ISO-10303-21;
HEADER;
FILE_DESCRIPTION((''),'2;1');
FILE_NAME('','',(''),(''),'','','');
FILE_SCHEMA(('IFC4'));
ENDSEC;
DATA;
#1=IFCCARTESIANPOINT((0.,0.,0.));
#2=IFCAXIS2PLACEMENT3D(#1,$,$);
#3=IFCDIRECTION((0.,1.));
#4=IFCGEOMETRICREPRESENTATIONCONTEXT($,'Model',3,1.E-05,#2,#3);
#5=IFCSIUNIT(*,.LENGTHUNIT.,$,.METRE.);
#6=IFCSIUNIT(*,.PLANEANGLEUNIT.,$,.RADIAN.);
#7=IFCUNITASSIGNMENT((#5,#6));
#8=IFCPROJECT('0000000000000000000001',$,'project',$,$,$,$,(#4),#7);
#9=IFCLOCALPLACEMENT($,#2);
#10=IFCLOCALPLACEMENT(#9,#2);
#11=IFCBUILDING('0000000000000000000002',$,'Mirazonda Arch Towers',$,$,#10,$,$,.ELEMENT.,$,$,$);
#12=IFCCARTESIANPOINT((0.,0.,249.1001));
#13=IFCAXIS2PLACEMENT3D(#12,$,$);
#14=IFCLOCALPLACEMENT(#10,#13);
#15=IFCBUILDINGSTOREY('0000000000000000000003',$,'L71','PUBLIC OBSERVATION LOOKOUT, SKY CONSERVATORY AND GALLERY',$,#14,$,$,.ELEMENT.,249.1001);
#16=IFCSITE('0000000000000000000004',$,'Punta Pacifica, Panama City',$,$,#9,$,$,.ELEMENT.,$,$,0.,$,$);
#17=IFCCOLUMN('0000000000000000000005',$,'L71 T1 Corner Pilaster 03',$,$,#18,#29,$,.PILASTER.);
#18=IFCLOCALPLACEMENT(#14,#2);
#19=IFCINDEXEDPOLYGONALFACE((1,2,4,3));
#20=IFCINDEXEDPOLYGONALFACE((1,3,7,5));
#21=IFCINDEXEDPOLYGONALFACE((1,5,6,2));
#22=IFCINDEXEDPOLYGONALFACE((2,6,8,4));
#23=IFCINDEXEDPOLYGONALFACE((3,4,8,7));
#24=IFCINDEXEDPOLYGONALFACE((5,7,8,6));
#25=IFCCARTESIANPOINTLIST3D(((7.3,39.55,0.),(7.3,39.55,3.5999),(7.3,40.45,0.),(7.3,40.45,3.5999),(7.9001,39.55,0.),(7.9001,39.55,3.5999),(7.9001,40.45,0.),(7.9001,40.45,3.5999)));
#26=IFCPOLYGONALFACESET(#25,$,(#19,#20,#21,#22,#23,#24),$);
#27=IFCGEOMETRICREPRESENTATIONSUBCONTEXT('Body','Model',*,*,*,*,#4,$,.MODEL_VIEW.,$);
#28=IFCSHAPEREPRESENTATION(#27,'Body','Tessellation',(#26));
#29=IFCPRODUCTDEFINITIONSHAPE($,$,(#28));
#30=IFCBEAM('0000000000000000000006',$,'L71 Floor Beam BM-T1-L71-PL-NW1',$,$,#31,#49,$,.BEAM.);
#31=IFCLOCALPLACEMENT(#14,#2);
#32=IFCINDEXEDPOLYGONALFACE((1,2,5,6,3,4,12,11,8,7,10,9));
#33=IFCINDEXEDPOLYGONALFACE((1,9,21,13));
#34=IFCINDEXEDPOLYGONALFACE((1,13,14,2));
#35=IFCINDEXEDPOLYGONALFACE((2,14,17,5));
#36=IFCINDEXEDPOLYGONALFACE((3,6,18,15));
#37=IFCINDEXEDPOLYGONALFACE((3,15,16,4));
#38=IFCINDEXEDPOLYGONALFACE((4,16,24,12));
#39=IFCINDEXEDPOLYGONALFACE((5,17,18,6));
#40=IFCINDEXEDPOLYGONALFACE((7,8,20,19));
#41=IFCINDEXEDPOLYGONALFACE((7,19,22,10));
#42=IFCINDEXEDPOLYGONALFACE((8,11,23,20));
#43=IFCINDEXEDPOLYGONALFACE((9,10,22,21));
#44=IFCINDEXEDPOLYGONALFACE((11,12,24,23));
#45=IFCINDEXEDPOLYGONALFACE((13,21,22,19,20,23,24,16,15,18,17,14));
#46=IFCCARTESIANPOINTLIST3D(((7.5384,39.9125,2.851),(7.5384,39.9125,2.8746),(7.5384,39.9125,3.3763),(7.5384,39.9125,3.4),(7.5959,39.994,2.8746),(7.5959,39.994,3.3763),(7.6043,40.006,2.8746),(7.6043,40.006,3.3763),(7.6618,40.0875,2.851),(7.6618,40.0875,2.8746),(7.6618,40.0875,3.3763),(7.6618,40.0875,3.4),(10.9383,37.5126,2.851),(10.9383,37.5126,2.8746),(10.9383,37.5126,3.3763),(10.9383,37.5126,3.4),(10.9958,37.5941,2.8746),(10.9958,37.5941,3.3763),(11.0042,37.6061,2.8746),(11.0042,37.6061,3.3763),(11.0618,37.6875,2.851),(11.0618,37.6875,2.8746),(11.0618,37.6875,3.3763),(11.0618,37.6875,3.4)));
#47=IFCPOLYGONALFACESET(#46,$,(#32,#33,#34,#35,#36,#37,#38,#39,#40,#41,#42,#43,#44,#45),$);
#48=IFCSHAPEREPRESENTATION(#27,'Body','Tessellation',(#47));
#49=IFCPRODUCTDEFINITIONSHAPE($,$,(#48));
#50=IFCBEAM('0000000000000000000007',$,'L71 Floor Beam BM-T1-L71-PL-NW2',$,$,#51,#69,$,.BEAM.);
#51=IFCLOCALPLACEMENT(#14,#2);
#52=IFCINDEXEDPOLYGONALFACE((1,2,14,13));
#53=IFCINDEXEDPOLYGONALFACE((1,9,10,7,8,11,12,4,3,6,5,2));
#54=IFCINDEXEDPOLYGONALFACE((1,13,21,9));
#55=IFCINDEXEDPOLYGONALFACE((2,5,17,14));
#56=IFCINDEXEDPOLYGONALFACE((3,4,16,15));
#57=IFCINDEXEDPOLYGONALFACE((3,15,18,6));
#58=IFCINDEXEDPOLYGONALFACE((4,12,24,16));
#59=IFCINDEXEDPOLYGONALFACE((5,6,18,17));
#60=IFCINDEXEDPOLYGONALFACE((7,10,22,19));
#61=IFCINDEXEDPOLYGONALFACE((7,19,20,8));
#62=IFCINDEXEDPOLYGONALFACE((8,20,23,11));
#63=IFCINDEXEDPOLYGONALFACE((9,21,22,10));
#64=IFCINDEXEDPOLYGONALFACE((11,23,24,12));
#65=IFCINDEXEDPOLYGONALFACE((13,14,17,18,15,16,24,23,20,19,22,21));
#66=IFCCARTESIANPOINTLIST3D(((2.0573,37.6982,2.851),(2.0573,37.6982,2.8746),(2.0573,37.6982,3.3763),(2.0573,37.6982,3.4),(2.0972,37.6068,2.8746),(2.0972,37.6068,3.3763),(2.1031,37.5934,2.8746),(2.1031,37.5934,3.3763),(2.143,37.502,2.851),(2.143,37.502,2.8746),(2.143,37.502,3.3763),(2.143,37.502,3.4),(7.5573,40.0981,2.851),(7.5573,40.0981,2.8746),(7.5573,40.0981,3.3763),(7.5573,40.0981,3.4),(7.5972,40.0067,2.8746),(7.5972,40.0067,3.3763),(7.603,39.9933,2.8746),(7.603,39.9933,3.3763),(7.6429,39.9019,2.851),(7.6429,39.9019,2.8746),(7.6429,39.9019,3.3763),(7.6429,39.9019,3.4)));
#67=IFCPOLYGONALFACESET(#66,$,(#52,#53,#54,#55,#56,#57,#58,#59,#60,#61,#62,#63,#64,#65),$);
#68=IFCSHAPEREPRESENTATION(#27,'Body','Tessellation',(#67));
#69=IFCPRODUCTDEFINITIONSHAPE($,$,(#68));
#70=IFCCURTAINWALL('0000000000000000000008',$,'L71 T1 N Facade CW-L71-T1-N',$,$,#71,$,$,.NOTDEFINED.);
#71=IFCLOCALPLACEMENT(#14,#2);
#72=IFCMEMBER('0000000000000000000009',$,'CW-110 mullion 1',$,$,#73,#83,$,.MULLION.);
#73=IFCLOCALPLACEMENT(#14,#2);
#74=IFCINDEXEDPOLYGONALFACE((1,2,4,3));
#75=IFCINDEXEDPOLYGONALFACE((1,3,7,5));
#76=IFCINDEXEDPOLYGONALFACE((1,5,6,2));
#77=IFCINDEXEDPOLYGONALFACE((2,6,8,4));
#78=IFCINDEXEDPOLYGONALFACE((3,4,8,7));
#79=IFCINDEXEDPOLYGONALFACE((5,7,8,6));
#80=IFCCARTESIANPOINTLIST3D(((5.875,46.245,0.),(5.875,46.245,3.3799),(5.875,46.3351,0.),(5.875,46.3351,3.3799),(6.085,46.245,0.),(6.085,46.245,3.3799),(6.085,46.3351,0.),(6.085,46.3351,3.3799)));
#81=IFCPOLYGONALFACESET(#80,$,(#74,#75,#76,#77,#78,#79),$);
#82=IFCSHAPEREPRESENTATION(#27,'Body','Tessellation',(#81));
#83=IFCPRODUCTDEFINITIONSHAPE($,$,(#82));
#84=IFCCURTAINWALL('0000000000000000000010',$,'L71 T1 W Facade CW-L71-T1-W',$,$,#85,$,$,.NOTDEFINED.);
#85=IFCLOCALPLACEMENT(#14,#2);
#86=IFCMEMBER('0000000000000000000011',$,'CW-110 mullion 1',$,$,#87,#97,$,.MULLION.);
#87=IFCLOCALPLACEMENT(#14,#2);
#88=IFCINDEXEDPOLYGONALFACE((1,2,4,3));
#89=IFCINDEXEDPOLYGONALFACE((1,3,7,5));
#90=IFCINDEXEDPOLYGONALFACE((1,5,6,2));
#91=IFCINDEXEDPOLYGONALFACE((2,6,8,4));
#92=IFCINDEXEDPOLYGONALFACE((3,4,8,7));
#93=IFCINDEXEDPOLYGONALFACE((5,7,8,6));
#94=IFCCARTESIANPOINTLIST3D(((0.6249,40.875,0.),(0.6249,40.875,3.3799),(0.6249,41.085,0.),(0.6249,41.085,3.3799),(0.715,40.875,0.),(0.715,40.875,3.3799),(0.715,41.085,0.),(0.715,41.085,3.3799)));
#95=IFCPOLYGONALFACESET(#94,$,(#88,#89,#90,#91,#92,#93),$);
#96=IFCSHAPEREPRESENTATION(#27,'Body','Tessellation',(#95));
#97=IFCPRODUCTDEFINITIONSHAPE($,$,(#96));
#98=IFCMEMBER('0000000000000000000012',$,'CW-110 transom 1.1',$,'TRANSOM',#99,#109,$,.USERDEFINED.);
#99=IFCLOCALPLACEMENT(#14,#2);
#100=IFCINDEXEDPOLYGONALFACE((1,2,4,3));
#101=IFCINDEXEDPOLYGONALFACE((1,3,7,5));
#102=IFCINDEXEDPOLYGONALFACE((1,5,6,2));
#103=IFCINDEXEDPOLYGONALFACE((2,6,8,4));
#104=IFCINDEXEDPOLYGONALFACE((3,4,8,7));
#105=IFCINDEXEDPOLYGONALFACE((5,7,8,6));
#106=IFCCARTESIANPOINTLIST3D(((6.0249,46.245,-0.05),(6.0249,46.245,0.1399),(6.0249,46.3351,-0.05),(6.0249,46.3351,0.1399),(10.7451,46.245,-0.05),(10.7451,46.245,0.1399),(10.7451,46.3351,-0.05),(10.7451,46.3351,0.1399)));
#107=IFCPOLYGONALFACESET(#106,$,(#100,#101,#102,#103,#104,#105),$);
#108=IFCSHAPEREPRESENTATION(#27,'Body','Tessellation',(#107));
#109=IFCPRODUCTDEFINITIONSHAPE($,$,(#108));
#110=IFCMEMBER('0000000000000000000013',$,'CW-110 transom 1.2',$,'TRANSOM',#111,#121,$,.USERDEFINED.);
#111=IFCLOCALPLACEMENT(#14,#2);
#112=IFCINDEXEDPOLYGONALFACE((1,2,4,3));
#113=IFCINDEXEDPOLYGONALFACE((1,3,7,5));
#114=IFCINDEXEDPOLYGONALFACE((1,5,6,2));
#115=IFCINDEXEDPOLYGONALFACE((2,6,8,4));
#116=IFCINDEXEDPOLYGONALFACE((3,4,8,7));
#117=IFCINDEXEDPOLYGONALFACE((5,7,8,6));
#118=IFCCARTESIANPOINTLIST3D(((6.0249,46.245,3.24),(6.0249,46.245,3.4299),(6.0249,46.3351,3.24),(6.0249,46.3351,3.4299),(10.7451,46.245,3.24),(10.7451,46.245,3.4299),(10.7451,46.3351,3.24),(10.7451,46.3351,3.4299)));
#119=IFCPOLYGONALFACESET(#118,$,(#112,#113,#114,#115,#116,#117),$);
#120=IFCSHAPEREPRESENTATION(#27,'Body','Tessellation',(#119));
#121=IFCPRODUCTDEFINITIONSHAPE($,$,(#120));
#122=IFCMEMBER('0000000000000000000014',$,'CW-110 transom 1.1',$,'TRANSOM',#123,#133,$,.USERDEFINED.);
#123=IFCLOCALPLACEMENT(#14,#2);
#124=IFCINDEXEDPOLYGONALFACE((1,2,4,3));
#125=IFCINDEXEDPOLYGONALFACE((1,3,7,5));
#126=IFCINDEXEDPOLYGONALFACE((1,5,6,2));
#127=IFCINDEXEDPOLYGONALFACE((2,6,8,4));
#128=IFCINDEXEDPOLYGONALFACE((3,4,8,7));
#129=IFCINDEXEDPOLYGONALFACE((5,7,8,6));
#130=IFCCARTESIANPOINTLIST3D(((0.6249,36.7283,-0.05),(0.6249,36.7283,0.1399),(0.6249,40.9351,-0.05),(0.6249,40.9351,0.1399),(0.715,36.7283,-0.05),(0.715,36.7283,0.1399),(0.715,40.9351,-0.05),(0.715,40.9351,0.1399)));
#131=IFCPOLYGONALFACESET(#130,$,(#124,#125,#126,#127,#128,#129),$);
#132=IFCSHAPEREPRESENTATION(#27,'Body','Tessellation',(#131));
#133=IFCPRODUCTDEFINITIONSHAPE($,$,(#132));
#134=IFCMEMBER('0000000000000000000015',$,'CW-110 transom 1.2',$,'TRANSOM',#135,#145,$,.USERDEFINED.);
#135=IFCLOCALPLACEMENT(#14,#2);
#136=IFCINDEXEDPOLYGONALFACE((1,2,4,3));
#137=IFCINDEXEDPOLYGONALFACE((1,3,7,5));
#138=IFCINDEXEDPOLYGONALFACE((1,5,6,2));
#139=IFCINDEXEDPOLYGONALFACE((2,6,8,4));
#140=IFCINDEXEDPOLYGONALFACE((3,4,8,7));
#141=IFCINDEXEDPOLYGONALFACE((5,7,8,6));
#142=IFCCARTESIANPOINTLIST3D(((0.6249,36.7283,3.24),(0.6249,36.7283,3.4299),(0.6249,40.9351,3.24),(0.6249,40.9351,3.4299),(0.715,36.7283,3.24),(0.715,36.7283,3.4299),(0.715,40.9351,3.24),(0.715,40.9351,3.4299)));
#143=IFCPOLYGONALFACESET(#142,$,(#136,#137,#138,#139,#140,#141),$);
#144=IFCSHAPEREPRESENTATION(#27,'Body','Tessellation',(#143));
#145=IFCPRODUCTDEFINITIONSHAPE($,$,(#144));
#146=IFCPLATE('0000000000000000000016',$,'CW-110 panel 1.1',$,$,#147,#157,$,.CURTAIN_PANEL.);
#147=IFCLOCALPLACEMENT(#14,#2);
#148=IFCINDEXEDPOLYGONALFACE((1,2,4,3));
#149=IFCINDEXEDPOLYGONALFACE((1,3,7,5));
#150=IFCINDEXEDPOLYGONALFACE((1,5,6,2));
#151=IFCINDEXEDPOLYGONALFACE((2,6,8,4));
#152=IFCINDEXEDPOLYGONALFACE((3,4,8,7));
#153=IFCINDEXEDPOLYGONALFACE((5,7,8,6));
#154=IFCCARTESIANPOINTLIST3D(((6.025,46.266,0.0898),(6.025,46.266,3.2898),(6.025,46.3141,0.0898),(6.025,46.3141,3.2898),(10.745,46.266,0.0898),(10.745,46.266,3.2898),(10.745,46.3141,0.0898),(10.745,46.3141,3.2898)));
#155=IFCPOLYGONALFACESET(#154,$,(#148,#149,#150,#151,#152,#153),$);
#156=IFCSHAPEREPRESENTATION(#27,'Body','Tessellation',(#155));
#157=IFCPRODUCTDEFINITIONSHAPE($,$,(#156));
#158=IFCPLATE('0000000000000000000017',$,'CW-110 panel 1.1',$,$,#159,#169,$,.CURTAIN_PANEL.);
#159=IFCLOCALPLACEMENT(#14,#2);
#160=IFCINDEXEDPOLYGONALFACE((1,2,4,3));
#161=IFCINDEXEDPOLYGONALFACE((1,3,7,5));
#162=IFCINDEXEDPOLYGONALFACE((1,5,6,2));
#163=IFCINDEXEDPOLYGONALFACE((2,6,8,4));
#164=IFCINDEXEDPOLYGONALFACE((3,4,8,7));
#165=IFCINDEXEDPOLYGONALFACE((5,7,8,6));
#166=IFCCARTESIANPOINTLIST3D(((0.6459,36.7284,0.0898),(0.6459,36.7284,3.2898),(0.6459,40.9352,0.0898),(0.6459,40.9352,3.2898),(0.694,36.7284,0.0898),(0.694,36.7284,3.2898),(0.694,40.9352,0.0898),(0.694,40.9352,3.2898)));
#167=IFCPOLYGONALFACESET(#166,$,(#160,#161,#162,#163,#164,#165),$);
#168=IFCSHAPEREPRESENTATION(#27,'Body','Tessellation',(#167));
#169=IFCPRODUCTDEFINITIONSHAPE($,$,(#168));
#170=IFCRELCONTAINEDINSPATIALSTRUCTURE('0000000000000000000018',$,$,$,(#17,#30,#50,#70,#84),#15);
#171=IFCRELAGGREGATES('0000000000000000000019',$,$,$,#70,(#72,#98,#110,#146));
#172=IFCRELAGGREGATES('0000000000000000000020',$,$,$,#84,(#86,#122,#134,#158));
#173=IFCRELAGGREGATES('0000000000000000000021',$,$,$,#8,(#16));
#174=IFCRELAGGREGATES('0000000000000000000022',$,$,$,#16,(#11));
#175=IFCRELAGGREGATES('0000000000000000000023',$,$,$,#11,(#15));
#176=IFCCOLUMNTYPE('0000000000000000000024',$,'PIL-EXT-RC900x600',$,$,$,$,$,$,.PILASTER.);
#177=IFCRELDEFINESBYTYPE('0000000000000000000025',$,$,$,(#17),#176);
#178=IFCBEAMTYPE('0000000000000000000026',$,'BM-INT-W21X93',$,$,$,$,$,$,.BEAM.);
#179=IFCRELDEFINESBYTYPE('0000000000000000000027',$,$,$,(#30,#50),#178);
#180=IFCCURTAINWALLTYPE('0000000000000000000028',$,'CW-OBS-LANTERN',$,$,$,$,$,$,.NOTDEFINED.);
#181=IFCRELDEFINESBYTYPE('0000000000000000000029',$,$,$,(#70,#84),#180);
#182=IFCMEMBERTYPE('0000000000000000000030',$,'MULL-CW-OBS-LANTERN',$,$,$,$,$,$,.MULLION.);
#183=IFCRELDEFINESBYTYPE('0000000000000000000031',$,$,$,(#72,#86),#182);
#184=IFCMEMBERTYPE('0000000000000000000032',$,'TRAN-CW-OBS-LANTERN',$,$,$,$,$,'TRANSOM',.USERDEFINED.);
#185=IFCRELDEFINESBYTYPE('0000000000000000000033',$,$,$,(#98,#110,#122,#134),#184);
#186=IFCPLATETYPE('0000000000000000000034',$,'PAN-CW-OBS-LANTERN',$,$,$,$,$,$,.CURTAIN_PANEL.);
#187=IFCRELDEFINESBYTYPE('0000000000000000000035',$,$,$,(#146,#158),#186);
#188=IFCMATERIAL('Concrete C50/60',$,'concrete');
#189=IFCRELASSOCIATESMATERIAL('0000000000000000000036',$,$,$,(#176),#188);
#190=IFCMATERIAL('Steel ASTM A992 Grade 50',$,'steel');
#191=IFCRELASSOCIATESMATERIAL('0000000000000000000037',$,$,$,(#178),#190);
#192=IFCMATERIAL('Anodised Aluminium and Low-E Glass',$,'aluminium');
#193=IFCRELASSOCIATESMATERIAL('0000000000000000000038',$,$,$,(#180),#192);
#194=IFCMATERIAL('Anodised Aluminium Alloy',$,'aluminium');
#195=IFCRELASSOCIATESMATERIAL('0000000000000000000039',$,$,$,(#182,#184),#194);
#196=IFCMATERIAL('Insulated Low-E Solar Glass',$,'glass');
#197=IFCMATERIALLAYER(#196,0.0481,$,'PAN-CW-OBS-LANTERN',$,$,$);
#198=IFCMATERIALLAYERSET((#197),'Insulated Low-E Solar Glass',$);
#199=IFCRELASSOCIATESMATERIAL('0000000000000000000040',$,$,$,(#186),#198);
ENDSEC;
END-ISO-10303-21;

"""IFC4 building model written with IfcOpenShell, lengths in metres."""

from ifc_helpers import new_model, si_unit, direction, frame, origin, origin_2d, place, context, subcontext, project, spatial, rectangle, i_section, extrude, material, layer, layer_set, material_profile, profile_set, type_object, element, aggregate, save


model = new_model("IFC4")

# Units and contexts
model_context = context("Model", 3, precision=1e-05, world=origin(), true_north=direction((0.0, 1.0)))
body_context = subcontext(model_context, "Body", "Model", "MODEL_VIEW")
ifc_project = project(units=[si_unit("LENGTHUNIT", "METRE"), si_unit("PLANEANGLEUNIT", "RADIAN")], contexts=[model_context])

# Site, building, storey
site_placement = place(None, origin())
site = spatial("IfcSite", under=ifc_project, at=site_placement, Name="Punta Pacifica, Panama City", CompositionType="ELEMENT", RefElevation=0.0)
building_placement = place(site_placement, origin())
building = spatial("IfcBuilding", under=site, at=building_placement, Name="Mirazonda Arch Towers", CompositionType="ELEMENT")
storey_placement = place(building_placement, frame((0.0, 0.0, 249.1001)))
storey = spatial("IfcBuildingStorey", under=building, at=storey_placement, Name="L71", Description="PUBLIC OBSERVATION LOOKOUT, SKY CONSERVATORY AND GALLERY", CompositionType="ELEMENT", Elevation=249.1001)

# Column
ifc_material_1 = material(Name="Concrete C50/60", Category="concrete")
ifc_material_profile_1 = material_profile(ifc_material_1, rectangle(XDim=0.6001, YDim=0.8999, at=origin_2d()), Name="RC900x600")
ifc_profile_set_1 = profile_set([ifc_material_profile_1], Name="Concrete C50/60")
column_type = type_object("IfcColumnType", Name="PIL-EXT-RC900x600", PredefinedType="PILASTER", material=ifc_profile_set_1)
column_placement = place(storey_placement, frame((7.6001, 40.0, 0.0), z_axis=(0.0, 0.0, 1.0), x_axis=(1.0, 0.0, 0.0)))
element("IfcColumn", 1, at=column_placement, inside=storey, type_object=column_type, Name="L71 T1 Corner Pilaster 03", PredefinedType="PILASTER", context=body_context, shape_type="SweptSolid", body=[
    extrude(rectangle(XDim=0.6001, YDim=0.8999, at=origin_2d()), origin(), (0.0, 0.0, 1.0), 3.5999),
])

# Beams
ifc_material_2 = material(Name="Steel ASTM A992 Grade 50", Category="steel")
ifc_material_profile_2 = material_profile(ifc_material_2, i_section(OverallWidth=0.2141, OverallDepth=0.5491, WebThickness=0.0146, FlangeThickness=0.0237, at=origin_2d()), Name="W21X93")
ifc_profile_set_2 = profile_set([ifc_material_profile_2], Name="Steel ASTM A992 Grade 50")
beam_type = type_object("IfcBeamType", Name="BM-INT-W21X93", PredefinedType="BEAM", material=ifc_profile_set_2)
beam_1_placement = place(storey_placement, frame((7.6001, 40.0, 3.1255), z_axis=(0.816971, -0.576679, 0.0), x_axis=(0.576679, 0.816971, 0.0)))
element("IfcBeam", 2, at=beam_1_placement, inside=storey, type_object=beam_type, Name="L71 Floor Beam BM-T1-L71-PL-NW1", PredefinedType="BEAM", context=body_context, shape_type="SweptSolid", body=[
    extrude(i_section(OverallWidth=0.2141, OverallDepth=0.5491, WebThickness=0.0146, FlangeThickness=0.0237, at=origin_2d()), origin(), (0.0, 0.0, 1.0), 4.1616),
])
beam_2_placement = place(storey_placement, frame((7.6001, 40.0, 3.1255), z_axis=(-0.916545, -0.399931, 0.0), x_axis=(0.399931, -0.916545, 0.0)))
element("IfcBeam", 3, at=beam_2_placement, inside=storey, type_object=beam_type, Name="L71 Floor Beam BM-T1-L71-PL-NW2", PredefinedType="BEAM", context=body_context, shape_type="SweptSolid", body=[
    extrude(i_section(OverallWidth=0.2141, OverallDepth=0.5491, WebThickness=0.0146, FlangeThickness=0.0237, at=origin_2d()), origin(), (0.0, 0.0, 1.0), 6.0007),
])

# Curtain walls, members
ifc_material_3 = material(Name="Anodised Aluminium and Low-E Glass", Category="aluminium")
curtain_wall_type = type_object("IfcCurtainWallType", Name="CW-OBS-LANTERN", PredefinedType="NOTDEFINED", material=ifc_material_3)
curtain_wall_1_placement = place(storey_placement, origin())
curtain_wall_1 = element("IfcCurtainWall", 4, at=curtain_wall_1_placement, inside=storey, type_object=curtain_wall_type, Name="L71 T1 N Facade CW-L71-T1-N", PredefinedType="NOTDEFINED")
ifc_material_4 = material(Name="Anodised Aluminium Alloy", Category="aluminium")
ifc_material_profile_3 = material_profile(ifc_material_4, rectangle(XDim=0.0901, YDim=0.21, at=origin_2d()), Name="ALU-MULL-90x210")
ifc_profile_set_3 = profile_set([ifc_material_profile_3], Name="Anodised Aluminium Alloy")
member_type_1 = type_object("IfcMemberType", Name="MULL-CW-OBS-LANTERN", PredefinedType="MULLION", material=ifc_profile_set_3)
member_1_placement = place(storey_placement, frame((5.98, 46.29, 0.0), z_axis=(0.0, 0.0, 1.0), x_axis=(0.0, 1.0, 0.0)))
member_1 = element("IfcMember", 5, at=member_1_placement, type_object=member_type_1, Name="CW-110 mullion 1", PredefinedType="MULLION", context=body_context, shape_type="SweptSolid", body=[
    extrude(rectangle(XDim=0.0901, YDim=0.21, at=origin_2d()), origin(), (0.0, 0.0, 1.0), 3.3799),
])
curtain_wall_2_placement = place(storey_placement, origin())
curtain_wall_2 = element("IfcCurtainWall", 6, at=curtain_wall_2_placement, inside=storey, type_object=curtain_wall_type, Name="L71 T1 W Facade CW-L71-T1-W", PredefinedType="NOTDEFINED")
member_2_placement = place(storey_placement, frame((0.6699, 40.98, 0.0), z_axis=(0.0, 0.0, 1.0), x_axis=(1.0, 0.0, 0.0)))
member_2 = element("IfcMember", 7, at=member_2_placement, type_object=member_type_1, Name="CW-110 mullion 1", PredefinedType="MULLION", context=body_context, shape_type="SweptSolid", body=[
    extrude(rectangle(XDim=0.0901, YDim=0.21, at=origin_2d()), origin(), (0.0, 0.0, 1.0), 3.3799),
])

# Members
ifc_material_profile_4 = material_profile(ifc_material_4, rectangle(XDim=0.0901, YDim=0.1899, at=origin_2d()), Name="ALU-TRAN-90x190")
ifc_profile_set_4 = profile_set([ifc_material_profile_4], Name="Anodised Aluminium Alloy")
member_type_2 = type_object("IfcMemberType", Name="TRAN-CW-OBS-LANTERN", ElementType="TRANSOM", PredefinedType="USERDEFINED", material=ifc_profile_set_4)
member_3_placement = place(storey_placement, frame((6.0249, 46.29, 0.0449), z_axis=(1.0, 0.0, 0.0), x_axis=(0.0, 1.0, 0.0)))
member_3 = element("IfcMember", 8, at=member_3_placement, type_object=member_type_2, Name="CW-110 transom 1.1", ObjectType="TRANSOM", PredefinedType="USERDEFINED", context=body_context, shape_type="SweptSolid", body=[
    extrude(rectangle(XDim=0.0901, YDim=0.1899, at=origin_2d()), origin(), (0.0, 0.0, 1.0), 4.7202),
])
member_4_placement = place(storey_placement, frame((6.0249, 46.29, 3.335), z_axis=(1.0, 0.0, 0.0), x_axis=(0.0, 1.0, 0.0)))
member_4 = element("IfcMember", 9, at=member_4_placement, type_object=member_type_2, Name="CW-110 transom 1.2", ObjectType="TRANSOM", PredefinedType="USERDEFINED", context=body_context, shape_type="SweptSolid", body=[
    extrude(rectangle(XDim=0.0901, YDim=0.1899, at=origin_2d()), origin(), (0.0, 0.0, 1.0), 4.7202),
])
member_5_placement = place(storey_placement, frame((0.6699, 40.9351, 0.0449), z_axis=(0.0, -1.0, 0.0), x_axis=(1.0, 0.0, 0.0)))
member_5 = element("IfcMember", 10, at=member_5_placement, type_object=member_type_2, Name="CW-110 transom 1.1", ObjectType="TRANSOM", PredefinedType="USERDEFINED", context=body_context, shape_type="SweptSolid", body=[
    extrude(rectangle(XDim=0.0901, YDim=0.1899, at=origin_2d()), origin(), (0.0, 0.0, 1.0), 4.2068),
])
member_6_placement = place(storey_placement, frame((0.6699, 40.9351, 3.335), z_axis=(0.0, -1.0, 0.0), x_axis=(1.0, 0.0, 0.0)))
member_6 = element("IfcMember", 11, at=member_6_placement, type_object=member_type_2, Name="CW-110 transom 1.2", ObjectType="TRANSOM", PredefinedType="USERDEFINED", context=body_context, shape_type="SweptSolid", body=[
    extrude(rectangle(XDim=0.0901, YDim=0.1899, at=origin_2d()), origin(), (0.0, 0.0, 1.0), 4.2068),
])

# Plates
ifc_material_5 = material(Name="Insulated Low-E Solar Glass", Category="glass")
ifc_layer_1 = layer(ifc_material_5, 0.0481, Name="PAN-CW-OBS-LANTERN")
ifc_layer_set_1 = layer_set([ifc_layer_1], Name="Insulated Low-E Solar Glass")
plate_type = type_object("IfcPlateType", Name="PAN-CW-OBS-LANTERN", PredefinedType="CURTAIN_PANEL", material=ifc_layer_set_1)
plate_1_placement = place(storey_placement, frame((8.385, 46.29, 0.0898), z_axis=(0.0, 0.0, 1.0), x_axis=(1.0, 0.0, 0.0)))
plate_1 = element("IfcPlate", 12, at=plate_1_placement, type_object=plate_type, Name="CW-110 panel 1.1", PredefinedType="CURTAIN_PANEL", context=body_context, shape_type="SweptSolid", body=[
    extrude(rectangle(XDim=4.72, YDim=0.0481, at=origin_2d()), origin(), (0.0, 0.0, 1.0), 3.2),
])
aggregate(curtain_wall_1, [member_1, member_3, member_4, plate_1])
plate_2_placement = place(storey_placement, frame((0.6699, 38.8318, 0.0898), z_axis=(0.0, 0.0, 1.0), x_axis=(0.0, -1.0, 0.0)))
plate_2 = element("IfcPlate", 13, at=plate_2_placement, type_object=plate_type, Name="CW-110 panel 1.1", PredefinedType="CURTAIN_PANEL", context=body_context, shape_type="SweptSolid", body=[
    extrude(rectangle(XDim=4.2068, YDim=0.0481, at=origin_2d()), origin(), (0.0, 0.0, 1.0), 3.2),
])
aggregate(curtain_wall_2, [member_2, member_5, member_6, plate_2])

save(model, "model.ifc")
